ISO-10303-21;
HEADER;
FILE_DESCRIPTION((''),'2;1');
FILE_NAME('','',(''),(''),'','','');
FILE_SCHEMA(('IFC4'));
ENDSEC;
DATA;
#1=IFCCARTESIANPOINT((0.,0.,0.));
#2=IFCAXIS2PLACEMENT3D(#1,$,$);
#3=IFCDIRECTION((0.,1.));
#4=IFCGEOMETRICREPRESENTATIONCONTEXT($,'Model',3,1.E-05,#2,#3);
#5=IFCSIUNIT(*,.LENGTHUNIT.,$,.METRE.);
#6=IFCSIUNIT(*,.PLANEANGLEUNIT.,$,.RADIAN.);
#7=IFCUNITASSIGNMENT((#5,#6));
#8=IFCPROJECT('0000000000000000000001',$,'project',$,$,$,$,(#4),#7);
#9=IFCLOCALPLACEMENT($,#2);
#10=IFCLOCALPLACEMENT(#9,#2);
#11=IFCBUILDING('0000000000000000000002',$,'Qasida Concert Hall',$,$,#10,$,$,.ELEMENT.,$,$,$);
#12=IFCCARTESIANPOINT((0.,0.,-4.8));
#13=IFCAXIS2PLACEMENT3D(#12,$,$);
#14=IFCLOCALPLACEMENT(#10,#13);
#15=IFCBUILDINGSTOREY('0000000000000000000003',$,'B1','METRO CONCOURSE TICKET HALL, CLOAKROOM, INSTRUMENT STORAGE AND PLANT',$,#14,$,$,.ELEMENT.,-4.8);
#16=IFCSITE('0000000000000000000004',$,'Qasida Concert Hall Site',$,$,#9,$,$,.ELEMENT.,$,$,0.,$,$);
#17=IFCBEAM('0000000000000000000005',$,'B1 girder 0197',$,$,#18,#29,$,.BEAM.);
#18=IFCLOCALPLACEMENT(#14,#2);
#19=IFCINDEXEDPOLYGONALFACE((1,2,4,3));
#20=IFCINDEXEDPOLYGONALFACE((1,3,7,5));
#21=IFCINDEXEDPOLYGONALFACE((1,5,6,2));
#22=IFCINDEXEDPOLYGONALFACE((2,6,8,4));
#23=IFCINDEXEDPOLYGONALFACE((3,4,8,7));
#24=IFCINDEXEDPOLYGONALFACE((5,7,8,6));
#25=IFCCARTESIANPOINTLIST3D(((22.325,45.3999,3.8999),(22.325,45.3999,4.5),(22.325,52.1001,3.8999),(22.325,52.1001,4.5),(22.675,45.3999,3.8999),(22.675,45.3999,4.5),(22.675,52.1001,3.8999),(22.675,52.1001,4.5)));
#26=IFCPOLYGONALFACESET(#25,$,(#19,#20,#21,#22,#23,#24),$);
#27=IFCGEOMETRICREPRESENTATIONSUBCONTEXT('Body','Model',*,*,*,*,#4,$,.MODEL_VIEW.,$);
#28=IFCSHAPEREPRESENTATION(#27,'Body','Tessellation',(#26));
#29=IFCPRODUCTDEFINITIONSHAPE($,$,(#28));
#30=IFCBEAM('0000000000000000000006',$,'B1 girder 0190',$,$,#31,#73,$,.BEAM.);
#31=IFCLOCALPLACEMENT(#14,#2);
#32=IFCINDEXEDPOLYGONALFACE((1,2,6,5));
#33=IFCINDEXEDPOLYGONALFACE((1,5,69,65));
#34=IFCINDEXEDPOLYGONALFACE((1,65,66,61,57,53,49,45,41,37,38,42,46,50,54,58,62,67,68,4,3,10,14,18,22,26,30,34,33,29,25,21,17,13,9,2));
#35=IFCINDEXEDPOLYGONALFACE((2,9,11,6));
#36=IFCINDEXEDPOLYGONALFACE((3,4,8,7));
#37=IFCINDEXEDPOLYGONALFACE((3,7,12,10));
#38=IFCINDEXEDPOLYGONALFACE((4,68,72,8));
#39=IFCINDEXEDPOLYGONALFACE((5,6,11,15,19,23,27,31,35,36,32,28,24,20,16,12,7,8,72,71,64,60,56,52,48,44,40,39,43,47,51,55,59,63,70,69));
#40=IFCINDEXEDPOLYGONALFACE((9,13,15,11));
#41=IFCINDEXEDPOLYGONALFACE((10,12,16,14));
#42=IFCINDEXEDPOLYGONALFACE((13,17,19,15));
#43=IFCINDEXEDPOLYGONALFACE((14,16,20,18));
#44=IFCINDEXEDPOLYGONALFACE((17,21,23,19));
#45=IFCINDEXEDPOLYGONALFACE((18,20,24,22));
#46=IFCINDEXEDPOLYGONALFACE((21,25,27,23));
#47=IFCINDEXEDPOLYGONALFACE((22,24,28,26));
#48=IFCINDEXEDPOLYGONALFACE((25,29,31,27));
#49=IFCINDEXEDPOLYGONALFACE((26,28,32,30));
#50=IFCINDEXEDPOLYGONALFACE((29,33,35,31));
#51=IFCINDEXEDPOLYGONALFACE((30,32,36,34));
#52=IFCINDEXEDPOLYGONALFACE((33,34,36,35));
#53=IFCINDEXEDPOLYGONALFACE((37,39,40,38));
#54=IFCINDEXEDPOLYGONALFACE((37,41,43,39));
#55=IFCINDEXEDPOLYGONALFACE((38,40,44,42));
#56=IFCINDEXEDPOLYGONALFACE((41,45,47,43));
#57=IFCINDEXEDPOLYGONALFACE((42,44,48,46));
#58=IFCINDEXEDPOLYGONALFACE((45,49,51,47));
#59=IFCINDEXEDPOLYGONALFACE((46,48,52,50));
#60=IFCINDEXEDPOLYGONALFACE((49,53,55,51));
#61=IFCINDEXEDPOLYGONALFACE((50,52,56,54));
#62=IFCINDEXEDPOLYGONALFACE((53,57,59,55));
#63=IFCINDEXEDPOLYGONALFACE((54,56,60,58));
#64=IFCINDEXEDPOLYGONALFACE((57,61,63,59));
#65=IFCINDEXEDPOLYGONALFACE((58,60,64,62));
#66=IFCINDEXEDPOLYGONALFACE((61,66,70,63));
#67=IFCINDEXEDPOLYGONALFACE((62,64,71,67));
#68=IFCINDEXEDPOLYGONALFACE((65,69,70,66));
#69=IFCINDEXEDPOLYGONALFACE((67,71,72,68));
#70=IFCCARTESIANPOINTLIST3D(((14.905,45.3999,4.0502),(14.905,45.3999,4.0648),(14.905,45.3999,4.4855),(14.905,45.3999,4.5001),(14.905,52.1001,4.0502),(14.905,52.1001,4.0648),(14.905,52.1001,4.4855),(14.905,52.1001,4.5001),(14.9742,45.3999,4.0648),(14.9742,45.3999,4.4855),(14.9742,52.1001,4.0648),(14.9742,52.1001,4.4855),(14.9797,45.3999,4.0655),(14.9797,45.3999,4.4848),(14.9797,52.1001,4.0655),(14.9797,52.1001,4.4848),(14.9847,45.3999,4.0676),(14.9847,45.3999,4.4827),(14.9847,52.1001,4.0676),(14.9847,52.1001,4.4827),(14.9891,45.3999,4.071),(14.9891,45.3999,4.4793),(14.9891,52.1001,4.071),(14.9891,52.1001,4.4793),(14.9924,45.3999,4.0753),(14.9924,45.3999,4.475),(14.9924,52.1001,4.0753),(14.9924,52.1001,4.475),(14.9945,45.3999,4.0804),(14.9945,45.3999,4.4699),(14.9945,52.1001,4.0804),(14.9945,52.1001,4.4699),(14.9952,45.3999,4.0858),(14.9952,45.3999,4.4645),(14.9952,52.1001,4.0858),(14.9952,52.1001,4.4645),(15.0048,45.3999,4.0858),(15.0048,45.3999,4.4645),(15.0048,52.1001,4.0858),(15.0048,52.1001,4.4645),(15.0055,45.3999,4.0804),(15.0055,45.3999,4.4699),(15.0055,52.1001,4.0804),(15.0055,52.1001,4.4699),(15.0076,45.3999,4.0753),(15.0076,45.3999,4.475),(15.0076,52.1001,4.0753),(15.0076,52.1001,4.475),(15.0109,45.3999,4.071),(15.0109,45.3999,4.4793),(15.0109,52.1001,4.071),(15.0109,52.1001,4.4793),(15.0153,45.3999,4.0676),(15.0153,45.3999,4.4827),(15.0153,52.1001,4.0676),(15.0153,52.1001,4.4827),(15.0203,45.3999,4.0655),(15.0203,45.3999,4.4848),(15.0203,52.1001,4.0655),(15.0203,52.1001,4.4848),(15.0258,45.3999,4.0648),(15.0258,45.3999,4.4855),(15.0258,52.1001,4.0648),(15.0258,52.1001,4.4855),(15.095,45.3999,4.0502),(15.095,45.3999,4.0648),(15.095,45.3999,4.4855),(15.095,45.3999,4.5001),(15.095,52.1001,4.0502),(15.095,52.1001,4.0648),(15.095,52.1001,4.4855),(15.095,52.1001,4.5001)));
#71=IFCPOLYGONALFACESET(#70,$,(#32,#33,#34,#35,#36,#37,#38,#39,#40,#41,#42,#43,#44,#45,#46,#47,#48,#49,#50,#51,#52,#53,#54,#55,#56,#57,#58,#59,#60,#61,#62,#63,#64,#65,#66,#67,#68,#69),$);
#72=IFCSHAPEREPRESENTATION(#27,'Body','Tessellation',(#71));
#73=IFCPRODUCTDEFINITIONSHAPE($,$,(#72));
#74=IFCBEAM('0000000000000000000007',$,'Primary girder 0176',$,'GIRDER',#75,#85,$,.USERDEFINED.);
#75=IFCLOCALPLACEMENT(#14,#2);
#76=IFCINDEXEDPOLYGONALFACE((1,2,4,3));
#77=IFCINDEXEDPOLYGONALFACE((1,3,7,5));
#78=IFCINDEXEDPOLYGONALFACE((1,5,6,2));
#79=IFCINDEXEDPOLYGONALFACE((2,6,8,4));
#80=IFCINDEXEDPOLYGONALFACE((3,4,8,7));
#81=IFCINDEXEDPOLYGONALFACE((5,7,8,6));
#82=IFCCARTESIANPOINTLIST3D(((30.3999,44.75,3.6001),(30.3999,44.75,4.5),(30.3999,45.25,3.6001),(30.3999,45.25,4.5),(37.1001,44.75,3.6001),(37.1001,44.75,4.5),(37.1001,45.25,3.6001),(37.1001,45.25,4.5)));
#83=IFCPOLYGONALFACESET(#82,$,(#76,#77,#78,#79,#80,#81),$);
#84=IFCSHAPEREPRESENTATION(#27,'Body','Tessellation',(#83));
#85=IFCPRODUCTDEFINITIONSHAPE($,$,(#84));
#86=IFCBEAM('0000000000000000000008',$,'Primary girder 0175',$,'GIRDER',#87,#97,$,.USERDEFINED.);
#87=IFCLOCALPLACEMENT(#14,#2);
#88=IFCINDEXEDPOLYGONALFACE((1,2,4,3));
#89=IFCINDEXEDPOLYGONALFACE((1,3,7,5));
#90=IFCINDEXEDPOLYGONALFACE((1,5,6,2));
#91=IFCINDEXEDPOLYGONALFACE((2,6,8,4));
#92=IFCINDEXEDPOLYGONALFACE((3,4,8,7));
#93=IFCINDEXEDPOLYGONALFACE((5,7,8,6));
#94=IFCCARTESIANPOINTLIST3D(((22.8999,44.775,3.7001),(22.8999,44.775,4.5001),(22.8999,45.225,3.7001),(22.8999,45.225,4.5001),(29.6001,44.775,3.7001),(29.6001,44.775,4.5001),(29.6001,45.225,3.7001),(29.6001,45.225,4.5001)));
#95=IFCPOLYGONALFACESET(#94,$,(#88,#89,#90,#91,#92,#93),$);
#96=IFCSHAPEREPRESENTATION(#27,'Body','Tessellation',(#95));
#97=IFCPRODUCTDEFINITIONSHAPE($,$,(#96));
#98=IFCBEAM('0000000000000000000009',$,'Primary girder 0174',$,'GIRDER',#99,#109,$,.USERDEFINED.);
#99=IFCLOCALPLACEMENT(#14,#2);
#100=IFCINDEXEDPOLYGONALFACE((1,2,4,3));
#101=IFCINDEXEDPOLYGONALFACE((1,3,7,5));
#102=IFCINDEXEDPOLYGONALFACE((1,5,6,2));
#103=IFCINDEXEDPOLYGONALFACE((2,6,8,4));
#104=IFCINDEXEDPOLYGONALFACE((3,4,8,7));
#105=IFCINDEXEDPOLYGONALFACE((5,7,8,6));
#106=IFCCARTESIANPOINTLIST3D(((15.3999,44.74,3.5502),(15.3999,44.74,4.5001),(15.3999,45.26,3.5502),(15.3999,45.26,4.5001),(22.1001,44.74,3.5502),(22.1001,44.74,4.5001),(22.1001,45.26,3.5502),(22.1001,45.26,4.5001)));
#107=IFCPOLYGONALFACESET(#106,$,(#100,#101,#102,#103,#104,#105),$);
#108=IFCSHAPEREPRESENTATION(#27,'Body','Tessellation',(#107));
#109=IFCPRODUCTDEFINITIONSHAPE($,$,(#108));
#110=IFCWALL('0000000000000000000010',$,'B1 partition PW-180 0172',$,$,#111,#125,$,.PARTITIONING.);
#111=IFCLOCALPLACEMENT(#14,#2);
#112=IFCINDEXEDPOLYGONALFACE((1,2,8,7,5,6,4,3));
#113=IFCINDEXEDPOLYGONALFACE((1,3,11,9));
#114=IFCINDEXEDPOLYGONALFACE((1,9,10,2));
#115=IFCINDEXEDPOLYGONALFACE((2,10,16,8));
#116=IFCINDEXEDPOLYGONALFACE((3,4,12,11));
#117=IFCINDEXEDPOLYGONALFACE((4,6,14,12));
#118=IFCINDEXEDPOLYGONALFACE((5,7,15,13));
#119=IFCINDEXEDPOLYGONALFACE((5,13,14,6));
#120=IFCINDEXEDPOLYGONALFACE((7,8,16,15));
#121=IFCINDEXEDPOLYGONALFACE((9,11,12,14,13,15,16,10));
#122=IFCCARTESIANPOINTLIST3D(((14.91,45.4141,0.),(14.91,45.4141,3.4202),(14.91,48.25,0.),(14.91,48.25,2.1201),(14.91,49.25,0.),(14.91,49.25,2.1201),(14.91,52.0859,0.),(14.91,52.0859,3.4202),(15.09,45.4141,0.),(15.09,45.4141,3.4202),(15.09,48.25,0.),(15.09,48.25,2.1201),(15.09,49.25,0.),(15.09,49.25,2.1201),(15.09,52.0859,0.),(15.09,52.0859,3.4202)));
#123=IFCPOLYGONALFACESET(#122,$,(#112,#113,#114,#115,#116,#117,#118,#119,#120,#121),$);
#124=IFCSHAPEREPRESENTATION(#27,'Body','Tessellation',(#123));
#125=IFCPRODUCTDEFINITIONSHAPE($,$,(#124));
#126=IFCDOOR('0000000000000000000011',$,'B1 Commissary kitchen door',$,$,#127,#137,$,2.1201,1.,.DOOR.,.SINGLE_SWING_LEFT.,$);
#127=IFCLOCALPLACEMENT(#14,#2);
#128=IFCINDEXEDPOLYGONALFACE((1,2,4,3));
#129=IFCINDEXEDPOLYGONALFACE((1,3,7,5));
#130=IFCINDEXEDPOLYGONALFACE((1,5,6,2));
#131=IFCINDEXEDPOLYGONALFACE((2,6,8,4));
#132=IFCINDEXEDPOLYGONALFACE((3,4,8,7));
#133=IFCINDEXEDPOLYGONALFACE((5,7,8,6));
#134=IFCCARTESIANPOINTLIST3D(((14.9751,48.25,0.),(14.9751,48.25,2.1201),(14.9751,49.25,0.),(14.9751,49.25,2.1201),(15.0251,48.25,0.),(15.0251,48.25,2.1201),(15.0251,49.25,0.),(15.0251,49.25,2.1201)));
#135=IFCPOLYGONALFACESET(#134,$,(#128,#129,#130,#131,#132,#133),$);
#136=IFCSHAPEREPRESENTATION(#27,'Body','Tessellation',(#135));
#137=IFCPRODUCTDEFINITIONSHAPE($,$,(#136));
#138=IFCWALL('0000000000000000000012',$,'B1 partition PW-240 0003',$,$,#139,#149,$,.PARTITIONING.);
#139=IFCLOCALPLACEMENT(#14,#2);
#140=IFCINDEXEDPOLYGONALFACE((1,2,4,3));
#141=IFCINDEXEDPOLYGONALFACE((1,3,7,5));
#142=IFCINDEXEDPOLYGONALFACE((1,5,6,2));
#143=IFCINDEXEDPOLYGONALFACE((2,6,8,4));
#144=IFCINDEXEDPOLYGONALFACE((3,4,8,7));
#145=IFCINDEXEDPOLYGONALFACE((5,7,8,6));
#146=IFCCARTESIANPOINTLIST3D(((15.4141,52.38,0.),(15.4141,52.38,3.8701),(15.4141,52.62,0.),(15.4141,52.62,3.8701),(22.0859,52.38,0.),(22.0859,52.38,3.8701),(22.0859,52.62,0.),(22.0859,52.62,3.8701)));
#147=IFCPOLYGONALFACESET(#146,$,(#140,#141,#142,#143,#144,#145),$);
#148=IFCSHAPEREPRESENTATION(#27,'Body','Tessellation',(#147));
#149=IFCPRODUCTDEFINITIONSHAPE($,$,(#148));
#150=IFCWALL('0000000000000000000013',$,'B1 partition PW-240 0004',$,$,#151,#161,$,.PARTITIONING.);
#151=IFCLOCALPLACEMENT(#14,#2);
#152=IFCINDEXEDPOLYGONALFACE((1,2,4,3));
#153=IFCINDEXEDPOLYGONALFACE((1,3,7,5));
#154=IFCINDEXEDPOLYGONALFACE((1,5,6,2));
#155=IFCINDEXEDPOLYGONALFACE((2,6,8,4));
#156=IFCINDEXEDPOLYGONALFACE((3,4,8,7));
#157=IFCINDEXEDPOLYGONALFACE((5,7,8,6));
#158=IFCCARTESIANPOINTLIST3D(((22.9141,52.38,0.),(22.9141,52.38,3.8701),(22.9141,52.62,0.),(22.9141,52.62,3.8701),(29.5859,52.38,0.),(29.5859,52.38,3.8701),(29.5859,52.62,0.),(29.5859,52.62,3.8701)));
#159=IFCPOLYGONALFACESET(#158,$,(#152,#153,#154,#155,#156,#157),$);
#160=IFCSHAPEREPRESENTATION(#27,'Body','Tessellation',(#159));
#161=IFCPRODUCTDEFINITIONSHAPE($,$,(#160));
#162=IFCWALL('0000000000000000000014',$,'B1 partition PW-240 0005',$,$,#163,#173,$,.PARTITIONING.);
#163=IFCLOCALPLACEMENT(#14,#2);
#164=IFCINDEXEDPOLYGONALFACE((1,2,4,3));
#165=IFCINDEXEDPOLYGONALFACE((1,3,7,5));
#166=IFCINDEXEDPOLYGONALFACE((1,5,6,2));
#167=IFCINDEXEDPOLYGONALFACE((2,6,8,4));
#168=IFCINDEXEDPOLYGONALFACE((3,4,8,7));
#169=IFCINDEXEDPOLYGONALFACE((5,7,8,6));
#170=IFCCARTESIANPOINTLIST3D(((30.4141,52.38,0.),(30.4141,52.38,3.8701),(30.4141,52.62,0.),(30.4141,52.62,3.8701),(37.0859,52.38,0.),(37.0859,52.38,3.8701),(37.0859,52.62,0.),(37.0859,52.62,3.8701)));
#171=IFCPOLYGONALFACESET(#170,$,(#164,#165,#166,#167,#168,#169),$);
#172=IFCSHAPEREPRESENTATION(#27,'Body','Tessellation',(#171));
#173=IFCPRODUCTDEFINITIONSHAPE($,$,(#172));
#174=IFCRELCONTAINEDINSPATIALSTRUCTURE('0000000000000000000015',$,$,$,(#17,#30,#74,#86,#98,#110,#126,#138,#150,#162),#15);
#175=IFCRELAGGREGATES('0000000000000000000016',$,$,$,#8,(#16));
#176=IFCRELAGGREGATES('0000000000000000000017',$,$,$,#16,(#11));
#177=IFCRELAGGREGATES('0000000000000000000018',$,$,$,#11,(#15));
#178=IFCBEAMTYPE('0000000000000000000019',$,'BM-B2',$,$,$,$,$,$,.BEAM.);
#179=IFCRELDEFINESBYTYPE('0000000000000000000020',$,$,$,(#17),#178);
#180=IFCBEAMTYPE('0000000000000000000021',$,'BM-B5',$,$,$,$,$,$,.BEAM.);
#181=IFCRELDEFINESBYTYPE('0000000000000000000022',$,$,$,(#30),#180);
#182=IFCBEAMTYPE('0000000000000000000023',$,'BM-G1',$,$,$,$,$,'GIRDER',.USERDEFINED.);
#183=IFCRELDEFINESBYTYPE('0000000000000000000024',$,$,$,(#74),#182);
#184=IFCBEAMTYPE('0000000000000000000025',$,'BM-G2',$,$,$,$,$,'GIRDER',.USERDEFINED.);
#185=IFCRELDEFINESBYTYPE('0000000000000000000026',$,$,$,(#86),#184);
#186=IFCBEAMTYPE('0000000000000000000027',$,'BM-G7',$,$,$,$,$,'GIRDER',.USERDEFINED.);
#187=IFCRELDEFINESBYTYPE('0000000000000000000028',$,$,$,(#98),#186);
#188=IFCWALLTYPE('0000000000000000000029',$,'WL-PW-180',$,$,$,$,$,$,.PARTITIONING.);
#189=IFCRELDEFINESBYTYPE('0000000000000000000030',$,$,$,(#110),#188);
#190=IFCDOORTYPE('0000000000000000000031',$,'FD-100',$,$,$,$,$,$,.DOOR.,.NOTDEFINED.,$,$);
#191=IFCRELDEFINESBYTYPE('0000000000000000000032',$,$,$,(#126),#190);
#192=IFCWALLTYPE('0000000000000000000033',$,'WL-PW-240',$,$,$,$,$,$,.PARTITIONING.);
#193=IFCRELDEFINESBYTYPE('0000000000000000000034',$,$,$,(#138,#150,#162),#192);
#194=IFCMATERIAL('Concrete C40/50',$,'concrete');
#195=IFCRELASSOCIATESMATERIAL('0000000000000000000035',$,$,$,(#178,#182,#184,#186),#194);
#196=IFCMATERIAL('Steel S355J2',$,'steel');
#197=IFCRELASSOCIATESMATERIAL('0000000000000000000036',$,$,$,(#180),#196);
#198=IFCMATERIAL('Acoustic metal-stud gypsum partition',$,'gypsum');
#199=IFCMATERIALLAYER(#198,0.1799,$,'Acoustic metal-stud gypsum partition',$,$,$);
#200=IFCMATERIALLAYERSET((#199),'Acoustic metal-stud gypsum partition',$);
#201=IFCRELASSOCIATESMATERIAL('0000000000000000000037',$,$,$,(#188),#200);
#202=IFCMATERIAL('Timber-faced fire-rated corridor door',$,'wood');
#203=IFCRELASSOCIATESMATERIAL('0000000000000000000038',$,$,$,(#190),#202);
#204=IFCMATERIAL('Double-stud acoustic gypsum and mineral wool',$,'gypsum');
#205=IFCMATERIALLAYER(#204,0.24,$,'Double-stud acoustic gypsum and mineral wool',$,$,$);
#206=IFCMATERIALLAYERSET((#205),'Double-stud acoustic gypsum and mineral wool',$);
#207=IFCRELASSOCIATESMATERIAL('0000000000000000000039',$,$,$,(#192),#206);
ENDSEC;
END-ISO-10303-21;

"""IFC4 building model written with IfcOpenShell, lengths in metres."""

from ifc_helpers import new_model, si_unit, direction, frame, frame_2d, origin, origin_2d, place, context, subcontext, project, spatial, rectangle, i_section, extrude, material, layer, layer_set, material_profile, profile_set, type_object, element, fill, save


model = new_model("IFC4")

# Units and contexts
model_context = context("Model", 3, precision=1e-05, world=origin(), true_north=direction((0.0, 1.0)))
body_context = subcontext(model_context, "Body", "Model", "MODEL_VIEW")
ifc_project = project(units=[si_unit("LENGTHUNIT", "METRE"), si_unit("PLANEANGLEUNIT", "RADIAN")], contexts=[model_context])

# Site, building, storey
site_placement = place(None, origin())
site = spatial("IfcSite", under=ifc_project, at=site_placement, Name="Qasida Concert Hall Site", CompositionType="ELEMENT", RefElevation=0.0)
building_placement = place(site_placement, origin())
building = spatial("IfcBuilding", under=site, at=building_placement, Name="Qasida Concert Hall", CompositionType="ELEMENT")
storey_placement = place(building_placement, frame((0.0, 0.0, -4.8)))
storey = spatial("IfcBuildingStorey", under=building, at=storey_placement, Name="B1", Description="METRO CONCOURSE TICKET HALL, CLOAKROOM, INSTRUMENT STORAGE AND PLANT", CompositionType="ELEMENT", Elevation=-4.8)

# Shared definitions
ifc_material_1 = material(Name="Concrete C40/50", Category="concrete")

# Beams
ifc_material_2 = material(Name="Steel S355J2", Category="steel")
ifc_material_profile_1 = material_profile(ifc_material_1, rectangle(XDim=0.3501, YDim=0.6001, at=origin_2d()), Name="RC 350x600")
ifc_profile_set_1 = profile_set([ifc_material_profile_1], Name="Concrete C40/50")
beam_type_1 = type_object("IfcBeamType", Name="BM-B2", PredefinedType="BEAM", material=ifc_profile_set_1)
beam_1_placement = place(storey_placement, frame((22.5, 45.3999, 4.2), z_axis=(0.0, 1.0, 0.0), x_axis=(-1.0, 0.0, 0.0)))
element("IfcBeam", 1, at=beam_1_placement, inside=storey, type_object=beam_type_1, Name="B1 girder 0197", PredefinedType="BEAM", context=body_context, shape_type="SweptSolid", body=[
    extrude(rectangle(XDim=0.3501, YDim=0.6001, at=origin_2d()), origin(), (0.0, 0.0, 1.0), 6.7002),
])
ifc_material_profile_2 = material_profile(ifc_material_2, i_section(OverallWidth=0.1899, OverallDepth=0.45, WebThickness=0.0095, FlangeThickness=0.0146, FilletRadius=0.021, at=origin_2d()), Name="IPE 450")
ifc_profile_set_2 = profile_set([ifc_material_profile_2], Name="Steel S355J2")
beam_type_2 = type_object("IfcBeamType", Name="BM-B5", PredefinedType="BEAM", material=ifc_profile_set_2)
beam_2_placement = place(storey_placement, frame((15.0, 45.3999, 4.2751), z_axis=(0.0, 1.0, 0.0), x_axis=(-1.0, 0.0, 0.0)))
element("IfcBeam", 2, at=beam_2_placement, inside=storey, type_object=beam_type_2, Name="B1 girder 0190", PredefinedType="BEAM", context=body_context, shape_type="SweptSolid", body=[
    extrude(i_section(OverallWidth=0.1899, OverallDepth=0.45, WebThickness=0.0095, FlangeThickness=0.0146, FilletRadius=0.021, at=origin_2d()), origin(), (0.0, 0.0, 1.0), 6.7002),
])
ifc_material_profile_3 = material_profile(ifc_material_1, rectangle(XDim=0.5, YDim=0.8999, at=origin_2d()), Name="RC 500x900")
ifc_profile_set_3 = profile_set([ifc_material_profile_3], Name="Concrete C40/50")
beam_type_3 = type_object("IfcBeamType", Name="BM-G1", ElementType="GIRDER", PredefinedType="USERDEFINED", material=ifc_profile_set_3)
beam_3_placement = place(storey_placement, frame((30.3999, 45.0, 4.05), z_axis=(1.0, 0.0, 0.0), x_axis=(0.0, 1.0, 0.0)))
element("IfcBeam", 3, at=beam_3_placement, inside=storey, type_object=beam_type_3, Name="Primary girder 0176", ObjectType="GIRDER", PredefinedType="USERDEFINED", context=body_context, shape_type="SweptSolid", body=[
    extrude(rectangle(XDim=0.5, YDim=0.8999, at=origin_2d()), origin(), (0.0, 0.0, 1.0), 6.7002),
])
ifc_material_profile_4 = material_profile(ifc_material_1, rectangle(XDim=0.45, YDim=0.8, at=origin_2d()), Name="RC 450x800")
ifc_profile_set_4 = profile_set([ifc_material_profile_4], Name="Concrete C40/50")
beam_type_4 = type_object("IfcBeamType", Name="BM-G2", ElementType="GIRDER", PredefinedType="USERDEFINED", material=ifc_profile_set_4)
beam_4_placement = place(storey_placement, frame((22.8999, 45.0, 4.1001), z_axis=(1.0, 0.0, 0.0), x_axis=(0.0, 1.0, 0.0)))
element("IfcBeam", 4, at=beam_4_placement, inside=storey, type_object=beam_type_4, Name="Primary girder 0175", ObjectType="GIRDER", PredefinedType="USERDEFINED", context=body_context, shape_type="SweptSolid", body=[
    extrude(rectangle(XDim=0.45, YDim=0.8, at=origin_2d()), origin(), (0.0, 0.0, 1.0), 6.7002),
])
ifc_material_profile_5 = material_profile(ifc_material_1, rectangle(XDim=0.52, YDim=0.95, at=origin_2d()), Name="RC 520x950")
ifc_profile_set_5 = profile_set([ifc_material_profile_5], Name="Concrete C40/50")
beam_type_5 = type_object("IfcBeamType", Name="BM-G7", ElementType="GIRDER", PredefinedType="USERDEFINED", material=ifc_profile_set_5)
beam_5_placement = place(storey_placement, frame((15.3999, 45.0, 4.0251), z_axis=(1.0, 0.0, 0.0), x_axis=(0.0, 1.0, 0.0)))
element("IfcBeam", 5, at=beam_5_placement, inside=storey, type_object=beam_type_5, Name="Primary girder 0174", ObjectType="GIRDER", PredefinedType="USERDEFINED", context=body_context, shape_type="SweptSolid", body=[
    extrude(rectangle(XDim=0.52, YDim=0.95, at=origin_2d()), origin(), (0.0, 0.0, 1.0), 6.7002),
])

# Wall, opening, door
ifc_material_3 = material(Name="Acoustic metal-stud gypsum partition", Category="gypsum")
ifc_layer_1 = layer(ifc_material_3, 0.1799, Name="Acoustic metal-stud gypsum partition")
ifc_layer_set_1 = layer_set([ifc_layer_1], Name="Acoustic metal-stud gypsum partition")
wall_type_1 = type_object("IfcWallType", Name="WL-PW-180", PredefinedType="PARTITIONING", material=ifc_layer_set_1)
wall_placement = place(storey_placement, frame((15.0, 45.4141, 0.0), z_axis=(0.0, 0.0, 1.0), x_axis=(0.0, 1.0, 0.0)))
wall = element("IfcWall", 6, at=wall_placement, inside=storey, type_object=wall_type_1, Name="B1 partition PW-180 0172", PredefinedType="PARTITIONING", context=body_context, shape_type="SweptSolid", body=[
    extrude(rectangle(XDim=6.6719, YDim=0.1799, at=frame_2d((3.3359, 0.0))), origin(), (0.0, 0.0, 1.0), 3.4202),
])
opening_placement = place(wall_placement, frame((2.8359, 0.0, 0.0)))
opening = element("IfcOpeningElement", 7, at=opening_placement, cuts=wall, PredefinedType="OPENING", context=body_context, shape_type="SweptSolid", body=[
    extrude(rectangle(XDim=1.0, YDim=2.1201, at=frame_2d((0.5, 1.0601))), frame((0.0, 0.0999, 0.0), z_axis=(0.0, -1.0, 0.0), x_axis=(1.0, 0.0, 0.0)), (0.0, 0.0, 1.0), 0.2),
])
ifc_material_4 = material(Name="Timber-faced fire-rated corridor door", Category="wood")
door_type = type_object("IfcDoorType", Name="FD-100", OperationType="NOTDEFINED", PredefinedType="DOOR", material=ifc_material_4)
door_placement = place(opening_placement, origin())
door = element("IfcDoor", 8, at=door_placement, inside=storey, type_object=door_type, Name="B1 Commissary kitchen door", OperationType="SINGLE_SWING_LEFT", OverallHeight=2.1201, OverallWidth=1.0, PredefinedType="DOOR", context=body_context, shape_type="SweptSolid", body=[
    extrude(rectangle(XDim=1.0, YDim=2.1201, at=frame_2d((0.5, 1.0601))), frame((0.0, 0.0249, 0.0), z_axis=(0.0, -1.0, 0.0), x_axis=(1.0, 0.0, 0.0)), (0.0, 0.0, 1.0), 0.05),
])
fill(opening, door)

# Walls
ifc_material_5 = material(Name="Double-stud acoustic gypsum and mineral wool", Category="gypsum")
ifc_layer_2 = layer(ifc_material_5, 0.24, Name="Double-stud acoustic gypsum and mineral wool")
ifc_layer_set_2 = layer_set([ifc_layer_2], Name="Double-stud acoustic gypsum and mineral wool")
wall_type_2 = type_object("IfcWallType", Name="WL-PW-240", PredefinedType="PARTITIONING", material=ifc_layer_set_2)
for number, where, z_axis, x_axis, name in (
    (9, (15.4141, 52.5, 0.0), (0.0, 0.0, 1.0), (1.0, 0.0, 0.0), "B1 partition PW-240 0003"),
    (10, (22.9141, 52.5, 0.0), (0.0, 0.0, 1.0), (1.0, 0.0, 0.0), "B1 partition PW-240 0004"),
    (11, (30.4141, 52.5, 0.0), (0.0, 0.0, 1.0), (1.0, 0.0, 0.0), "B1 partition PW-240 0005"),
):
    element("IfcWall", number, at=place(storey_placement, frame(where, z_axis=z_axis, x_axis=x_axis)), inside=storey, type_object=wall_type_2, Name=name, PredefinedType="PARTITIONING", context=body_context, shape_type="SweptSolid", body=[
        extrude(rectangle(XDim=6.6719, YDim=0.24, at=frame_2d((3.3359, 0.0))), origin(), (0.0, 0.0, 1.0), 3.8701),
    ])

save(model, "model.ifc")
